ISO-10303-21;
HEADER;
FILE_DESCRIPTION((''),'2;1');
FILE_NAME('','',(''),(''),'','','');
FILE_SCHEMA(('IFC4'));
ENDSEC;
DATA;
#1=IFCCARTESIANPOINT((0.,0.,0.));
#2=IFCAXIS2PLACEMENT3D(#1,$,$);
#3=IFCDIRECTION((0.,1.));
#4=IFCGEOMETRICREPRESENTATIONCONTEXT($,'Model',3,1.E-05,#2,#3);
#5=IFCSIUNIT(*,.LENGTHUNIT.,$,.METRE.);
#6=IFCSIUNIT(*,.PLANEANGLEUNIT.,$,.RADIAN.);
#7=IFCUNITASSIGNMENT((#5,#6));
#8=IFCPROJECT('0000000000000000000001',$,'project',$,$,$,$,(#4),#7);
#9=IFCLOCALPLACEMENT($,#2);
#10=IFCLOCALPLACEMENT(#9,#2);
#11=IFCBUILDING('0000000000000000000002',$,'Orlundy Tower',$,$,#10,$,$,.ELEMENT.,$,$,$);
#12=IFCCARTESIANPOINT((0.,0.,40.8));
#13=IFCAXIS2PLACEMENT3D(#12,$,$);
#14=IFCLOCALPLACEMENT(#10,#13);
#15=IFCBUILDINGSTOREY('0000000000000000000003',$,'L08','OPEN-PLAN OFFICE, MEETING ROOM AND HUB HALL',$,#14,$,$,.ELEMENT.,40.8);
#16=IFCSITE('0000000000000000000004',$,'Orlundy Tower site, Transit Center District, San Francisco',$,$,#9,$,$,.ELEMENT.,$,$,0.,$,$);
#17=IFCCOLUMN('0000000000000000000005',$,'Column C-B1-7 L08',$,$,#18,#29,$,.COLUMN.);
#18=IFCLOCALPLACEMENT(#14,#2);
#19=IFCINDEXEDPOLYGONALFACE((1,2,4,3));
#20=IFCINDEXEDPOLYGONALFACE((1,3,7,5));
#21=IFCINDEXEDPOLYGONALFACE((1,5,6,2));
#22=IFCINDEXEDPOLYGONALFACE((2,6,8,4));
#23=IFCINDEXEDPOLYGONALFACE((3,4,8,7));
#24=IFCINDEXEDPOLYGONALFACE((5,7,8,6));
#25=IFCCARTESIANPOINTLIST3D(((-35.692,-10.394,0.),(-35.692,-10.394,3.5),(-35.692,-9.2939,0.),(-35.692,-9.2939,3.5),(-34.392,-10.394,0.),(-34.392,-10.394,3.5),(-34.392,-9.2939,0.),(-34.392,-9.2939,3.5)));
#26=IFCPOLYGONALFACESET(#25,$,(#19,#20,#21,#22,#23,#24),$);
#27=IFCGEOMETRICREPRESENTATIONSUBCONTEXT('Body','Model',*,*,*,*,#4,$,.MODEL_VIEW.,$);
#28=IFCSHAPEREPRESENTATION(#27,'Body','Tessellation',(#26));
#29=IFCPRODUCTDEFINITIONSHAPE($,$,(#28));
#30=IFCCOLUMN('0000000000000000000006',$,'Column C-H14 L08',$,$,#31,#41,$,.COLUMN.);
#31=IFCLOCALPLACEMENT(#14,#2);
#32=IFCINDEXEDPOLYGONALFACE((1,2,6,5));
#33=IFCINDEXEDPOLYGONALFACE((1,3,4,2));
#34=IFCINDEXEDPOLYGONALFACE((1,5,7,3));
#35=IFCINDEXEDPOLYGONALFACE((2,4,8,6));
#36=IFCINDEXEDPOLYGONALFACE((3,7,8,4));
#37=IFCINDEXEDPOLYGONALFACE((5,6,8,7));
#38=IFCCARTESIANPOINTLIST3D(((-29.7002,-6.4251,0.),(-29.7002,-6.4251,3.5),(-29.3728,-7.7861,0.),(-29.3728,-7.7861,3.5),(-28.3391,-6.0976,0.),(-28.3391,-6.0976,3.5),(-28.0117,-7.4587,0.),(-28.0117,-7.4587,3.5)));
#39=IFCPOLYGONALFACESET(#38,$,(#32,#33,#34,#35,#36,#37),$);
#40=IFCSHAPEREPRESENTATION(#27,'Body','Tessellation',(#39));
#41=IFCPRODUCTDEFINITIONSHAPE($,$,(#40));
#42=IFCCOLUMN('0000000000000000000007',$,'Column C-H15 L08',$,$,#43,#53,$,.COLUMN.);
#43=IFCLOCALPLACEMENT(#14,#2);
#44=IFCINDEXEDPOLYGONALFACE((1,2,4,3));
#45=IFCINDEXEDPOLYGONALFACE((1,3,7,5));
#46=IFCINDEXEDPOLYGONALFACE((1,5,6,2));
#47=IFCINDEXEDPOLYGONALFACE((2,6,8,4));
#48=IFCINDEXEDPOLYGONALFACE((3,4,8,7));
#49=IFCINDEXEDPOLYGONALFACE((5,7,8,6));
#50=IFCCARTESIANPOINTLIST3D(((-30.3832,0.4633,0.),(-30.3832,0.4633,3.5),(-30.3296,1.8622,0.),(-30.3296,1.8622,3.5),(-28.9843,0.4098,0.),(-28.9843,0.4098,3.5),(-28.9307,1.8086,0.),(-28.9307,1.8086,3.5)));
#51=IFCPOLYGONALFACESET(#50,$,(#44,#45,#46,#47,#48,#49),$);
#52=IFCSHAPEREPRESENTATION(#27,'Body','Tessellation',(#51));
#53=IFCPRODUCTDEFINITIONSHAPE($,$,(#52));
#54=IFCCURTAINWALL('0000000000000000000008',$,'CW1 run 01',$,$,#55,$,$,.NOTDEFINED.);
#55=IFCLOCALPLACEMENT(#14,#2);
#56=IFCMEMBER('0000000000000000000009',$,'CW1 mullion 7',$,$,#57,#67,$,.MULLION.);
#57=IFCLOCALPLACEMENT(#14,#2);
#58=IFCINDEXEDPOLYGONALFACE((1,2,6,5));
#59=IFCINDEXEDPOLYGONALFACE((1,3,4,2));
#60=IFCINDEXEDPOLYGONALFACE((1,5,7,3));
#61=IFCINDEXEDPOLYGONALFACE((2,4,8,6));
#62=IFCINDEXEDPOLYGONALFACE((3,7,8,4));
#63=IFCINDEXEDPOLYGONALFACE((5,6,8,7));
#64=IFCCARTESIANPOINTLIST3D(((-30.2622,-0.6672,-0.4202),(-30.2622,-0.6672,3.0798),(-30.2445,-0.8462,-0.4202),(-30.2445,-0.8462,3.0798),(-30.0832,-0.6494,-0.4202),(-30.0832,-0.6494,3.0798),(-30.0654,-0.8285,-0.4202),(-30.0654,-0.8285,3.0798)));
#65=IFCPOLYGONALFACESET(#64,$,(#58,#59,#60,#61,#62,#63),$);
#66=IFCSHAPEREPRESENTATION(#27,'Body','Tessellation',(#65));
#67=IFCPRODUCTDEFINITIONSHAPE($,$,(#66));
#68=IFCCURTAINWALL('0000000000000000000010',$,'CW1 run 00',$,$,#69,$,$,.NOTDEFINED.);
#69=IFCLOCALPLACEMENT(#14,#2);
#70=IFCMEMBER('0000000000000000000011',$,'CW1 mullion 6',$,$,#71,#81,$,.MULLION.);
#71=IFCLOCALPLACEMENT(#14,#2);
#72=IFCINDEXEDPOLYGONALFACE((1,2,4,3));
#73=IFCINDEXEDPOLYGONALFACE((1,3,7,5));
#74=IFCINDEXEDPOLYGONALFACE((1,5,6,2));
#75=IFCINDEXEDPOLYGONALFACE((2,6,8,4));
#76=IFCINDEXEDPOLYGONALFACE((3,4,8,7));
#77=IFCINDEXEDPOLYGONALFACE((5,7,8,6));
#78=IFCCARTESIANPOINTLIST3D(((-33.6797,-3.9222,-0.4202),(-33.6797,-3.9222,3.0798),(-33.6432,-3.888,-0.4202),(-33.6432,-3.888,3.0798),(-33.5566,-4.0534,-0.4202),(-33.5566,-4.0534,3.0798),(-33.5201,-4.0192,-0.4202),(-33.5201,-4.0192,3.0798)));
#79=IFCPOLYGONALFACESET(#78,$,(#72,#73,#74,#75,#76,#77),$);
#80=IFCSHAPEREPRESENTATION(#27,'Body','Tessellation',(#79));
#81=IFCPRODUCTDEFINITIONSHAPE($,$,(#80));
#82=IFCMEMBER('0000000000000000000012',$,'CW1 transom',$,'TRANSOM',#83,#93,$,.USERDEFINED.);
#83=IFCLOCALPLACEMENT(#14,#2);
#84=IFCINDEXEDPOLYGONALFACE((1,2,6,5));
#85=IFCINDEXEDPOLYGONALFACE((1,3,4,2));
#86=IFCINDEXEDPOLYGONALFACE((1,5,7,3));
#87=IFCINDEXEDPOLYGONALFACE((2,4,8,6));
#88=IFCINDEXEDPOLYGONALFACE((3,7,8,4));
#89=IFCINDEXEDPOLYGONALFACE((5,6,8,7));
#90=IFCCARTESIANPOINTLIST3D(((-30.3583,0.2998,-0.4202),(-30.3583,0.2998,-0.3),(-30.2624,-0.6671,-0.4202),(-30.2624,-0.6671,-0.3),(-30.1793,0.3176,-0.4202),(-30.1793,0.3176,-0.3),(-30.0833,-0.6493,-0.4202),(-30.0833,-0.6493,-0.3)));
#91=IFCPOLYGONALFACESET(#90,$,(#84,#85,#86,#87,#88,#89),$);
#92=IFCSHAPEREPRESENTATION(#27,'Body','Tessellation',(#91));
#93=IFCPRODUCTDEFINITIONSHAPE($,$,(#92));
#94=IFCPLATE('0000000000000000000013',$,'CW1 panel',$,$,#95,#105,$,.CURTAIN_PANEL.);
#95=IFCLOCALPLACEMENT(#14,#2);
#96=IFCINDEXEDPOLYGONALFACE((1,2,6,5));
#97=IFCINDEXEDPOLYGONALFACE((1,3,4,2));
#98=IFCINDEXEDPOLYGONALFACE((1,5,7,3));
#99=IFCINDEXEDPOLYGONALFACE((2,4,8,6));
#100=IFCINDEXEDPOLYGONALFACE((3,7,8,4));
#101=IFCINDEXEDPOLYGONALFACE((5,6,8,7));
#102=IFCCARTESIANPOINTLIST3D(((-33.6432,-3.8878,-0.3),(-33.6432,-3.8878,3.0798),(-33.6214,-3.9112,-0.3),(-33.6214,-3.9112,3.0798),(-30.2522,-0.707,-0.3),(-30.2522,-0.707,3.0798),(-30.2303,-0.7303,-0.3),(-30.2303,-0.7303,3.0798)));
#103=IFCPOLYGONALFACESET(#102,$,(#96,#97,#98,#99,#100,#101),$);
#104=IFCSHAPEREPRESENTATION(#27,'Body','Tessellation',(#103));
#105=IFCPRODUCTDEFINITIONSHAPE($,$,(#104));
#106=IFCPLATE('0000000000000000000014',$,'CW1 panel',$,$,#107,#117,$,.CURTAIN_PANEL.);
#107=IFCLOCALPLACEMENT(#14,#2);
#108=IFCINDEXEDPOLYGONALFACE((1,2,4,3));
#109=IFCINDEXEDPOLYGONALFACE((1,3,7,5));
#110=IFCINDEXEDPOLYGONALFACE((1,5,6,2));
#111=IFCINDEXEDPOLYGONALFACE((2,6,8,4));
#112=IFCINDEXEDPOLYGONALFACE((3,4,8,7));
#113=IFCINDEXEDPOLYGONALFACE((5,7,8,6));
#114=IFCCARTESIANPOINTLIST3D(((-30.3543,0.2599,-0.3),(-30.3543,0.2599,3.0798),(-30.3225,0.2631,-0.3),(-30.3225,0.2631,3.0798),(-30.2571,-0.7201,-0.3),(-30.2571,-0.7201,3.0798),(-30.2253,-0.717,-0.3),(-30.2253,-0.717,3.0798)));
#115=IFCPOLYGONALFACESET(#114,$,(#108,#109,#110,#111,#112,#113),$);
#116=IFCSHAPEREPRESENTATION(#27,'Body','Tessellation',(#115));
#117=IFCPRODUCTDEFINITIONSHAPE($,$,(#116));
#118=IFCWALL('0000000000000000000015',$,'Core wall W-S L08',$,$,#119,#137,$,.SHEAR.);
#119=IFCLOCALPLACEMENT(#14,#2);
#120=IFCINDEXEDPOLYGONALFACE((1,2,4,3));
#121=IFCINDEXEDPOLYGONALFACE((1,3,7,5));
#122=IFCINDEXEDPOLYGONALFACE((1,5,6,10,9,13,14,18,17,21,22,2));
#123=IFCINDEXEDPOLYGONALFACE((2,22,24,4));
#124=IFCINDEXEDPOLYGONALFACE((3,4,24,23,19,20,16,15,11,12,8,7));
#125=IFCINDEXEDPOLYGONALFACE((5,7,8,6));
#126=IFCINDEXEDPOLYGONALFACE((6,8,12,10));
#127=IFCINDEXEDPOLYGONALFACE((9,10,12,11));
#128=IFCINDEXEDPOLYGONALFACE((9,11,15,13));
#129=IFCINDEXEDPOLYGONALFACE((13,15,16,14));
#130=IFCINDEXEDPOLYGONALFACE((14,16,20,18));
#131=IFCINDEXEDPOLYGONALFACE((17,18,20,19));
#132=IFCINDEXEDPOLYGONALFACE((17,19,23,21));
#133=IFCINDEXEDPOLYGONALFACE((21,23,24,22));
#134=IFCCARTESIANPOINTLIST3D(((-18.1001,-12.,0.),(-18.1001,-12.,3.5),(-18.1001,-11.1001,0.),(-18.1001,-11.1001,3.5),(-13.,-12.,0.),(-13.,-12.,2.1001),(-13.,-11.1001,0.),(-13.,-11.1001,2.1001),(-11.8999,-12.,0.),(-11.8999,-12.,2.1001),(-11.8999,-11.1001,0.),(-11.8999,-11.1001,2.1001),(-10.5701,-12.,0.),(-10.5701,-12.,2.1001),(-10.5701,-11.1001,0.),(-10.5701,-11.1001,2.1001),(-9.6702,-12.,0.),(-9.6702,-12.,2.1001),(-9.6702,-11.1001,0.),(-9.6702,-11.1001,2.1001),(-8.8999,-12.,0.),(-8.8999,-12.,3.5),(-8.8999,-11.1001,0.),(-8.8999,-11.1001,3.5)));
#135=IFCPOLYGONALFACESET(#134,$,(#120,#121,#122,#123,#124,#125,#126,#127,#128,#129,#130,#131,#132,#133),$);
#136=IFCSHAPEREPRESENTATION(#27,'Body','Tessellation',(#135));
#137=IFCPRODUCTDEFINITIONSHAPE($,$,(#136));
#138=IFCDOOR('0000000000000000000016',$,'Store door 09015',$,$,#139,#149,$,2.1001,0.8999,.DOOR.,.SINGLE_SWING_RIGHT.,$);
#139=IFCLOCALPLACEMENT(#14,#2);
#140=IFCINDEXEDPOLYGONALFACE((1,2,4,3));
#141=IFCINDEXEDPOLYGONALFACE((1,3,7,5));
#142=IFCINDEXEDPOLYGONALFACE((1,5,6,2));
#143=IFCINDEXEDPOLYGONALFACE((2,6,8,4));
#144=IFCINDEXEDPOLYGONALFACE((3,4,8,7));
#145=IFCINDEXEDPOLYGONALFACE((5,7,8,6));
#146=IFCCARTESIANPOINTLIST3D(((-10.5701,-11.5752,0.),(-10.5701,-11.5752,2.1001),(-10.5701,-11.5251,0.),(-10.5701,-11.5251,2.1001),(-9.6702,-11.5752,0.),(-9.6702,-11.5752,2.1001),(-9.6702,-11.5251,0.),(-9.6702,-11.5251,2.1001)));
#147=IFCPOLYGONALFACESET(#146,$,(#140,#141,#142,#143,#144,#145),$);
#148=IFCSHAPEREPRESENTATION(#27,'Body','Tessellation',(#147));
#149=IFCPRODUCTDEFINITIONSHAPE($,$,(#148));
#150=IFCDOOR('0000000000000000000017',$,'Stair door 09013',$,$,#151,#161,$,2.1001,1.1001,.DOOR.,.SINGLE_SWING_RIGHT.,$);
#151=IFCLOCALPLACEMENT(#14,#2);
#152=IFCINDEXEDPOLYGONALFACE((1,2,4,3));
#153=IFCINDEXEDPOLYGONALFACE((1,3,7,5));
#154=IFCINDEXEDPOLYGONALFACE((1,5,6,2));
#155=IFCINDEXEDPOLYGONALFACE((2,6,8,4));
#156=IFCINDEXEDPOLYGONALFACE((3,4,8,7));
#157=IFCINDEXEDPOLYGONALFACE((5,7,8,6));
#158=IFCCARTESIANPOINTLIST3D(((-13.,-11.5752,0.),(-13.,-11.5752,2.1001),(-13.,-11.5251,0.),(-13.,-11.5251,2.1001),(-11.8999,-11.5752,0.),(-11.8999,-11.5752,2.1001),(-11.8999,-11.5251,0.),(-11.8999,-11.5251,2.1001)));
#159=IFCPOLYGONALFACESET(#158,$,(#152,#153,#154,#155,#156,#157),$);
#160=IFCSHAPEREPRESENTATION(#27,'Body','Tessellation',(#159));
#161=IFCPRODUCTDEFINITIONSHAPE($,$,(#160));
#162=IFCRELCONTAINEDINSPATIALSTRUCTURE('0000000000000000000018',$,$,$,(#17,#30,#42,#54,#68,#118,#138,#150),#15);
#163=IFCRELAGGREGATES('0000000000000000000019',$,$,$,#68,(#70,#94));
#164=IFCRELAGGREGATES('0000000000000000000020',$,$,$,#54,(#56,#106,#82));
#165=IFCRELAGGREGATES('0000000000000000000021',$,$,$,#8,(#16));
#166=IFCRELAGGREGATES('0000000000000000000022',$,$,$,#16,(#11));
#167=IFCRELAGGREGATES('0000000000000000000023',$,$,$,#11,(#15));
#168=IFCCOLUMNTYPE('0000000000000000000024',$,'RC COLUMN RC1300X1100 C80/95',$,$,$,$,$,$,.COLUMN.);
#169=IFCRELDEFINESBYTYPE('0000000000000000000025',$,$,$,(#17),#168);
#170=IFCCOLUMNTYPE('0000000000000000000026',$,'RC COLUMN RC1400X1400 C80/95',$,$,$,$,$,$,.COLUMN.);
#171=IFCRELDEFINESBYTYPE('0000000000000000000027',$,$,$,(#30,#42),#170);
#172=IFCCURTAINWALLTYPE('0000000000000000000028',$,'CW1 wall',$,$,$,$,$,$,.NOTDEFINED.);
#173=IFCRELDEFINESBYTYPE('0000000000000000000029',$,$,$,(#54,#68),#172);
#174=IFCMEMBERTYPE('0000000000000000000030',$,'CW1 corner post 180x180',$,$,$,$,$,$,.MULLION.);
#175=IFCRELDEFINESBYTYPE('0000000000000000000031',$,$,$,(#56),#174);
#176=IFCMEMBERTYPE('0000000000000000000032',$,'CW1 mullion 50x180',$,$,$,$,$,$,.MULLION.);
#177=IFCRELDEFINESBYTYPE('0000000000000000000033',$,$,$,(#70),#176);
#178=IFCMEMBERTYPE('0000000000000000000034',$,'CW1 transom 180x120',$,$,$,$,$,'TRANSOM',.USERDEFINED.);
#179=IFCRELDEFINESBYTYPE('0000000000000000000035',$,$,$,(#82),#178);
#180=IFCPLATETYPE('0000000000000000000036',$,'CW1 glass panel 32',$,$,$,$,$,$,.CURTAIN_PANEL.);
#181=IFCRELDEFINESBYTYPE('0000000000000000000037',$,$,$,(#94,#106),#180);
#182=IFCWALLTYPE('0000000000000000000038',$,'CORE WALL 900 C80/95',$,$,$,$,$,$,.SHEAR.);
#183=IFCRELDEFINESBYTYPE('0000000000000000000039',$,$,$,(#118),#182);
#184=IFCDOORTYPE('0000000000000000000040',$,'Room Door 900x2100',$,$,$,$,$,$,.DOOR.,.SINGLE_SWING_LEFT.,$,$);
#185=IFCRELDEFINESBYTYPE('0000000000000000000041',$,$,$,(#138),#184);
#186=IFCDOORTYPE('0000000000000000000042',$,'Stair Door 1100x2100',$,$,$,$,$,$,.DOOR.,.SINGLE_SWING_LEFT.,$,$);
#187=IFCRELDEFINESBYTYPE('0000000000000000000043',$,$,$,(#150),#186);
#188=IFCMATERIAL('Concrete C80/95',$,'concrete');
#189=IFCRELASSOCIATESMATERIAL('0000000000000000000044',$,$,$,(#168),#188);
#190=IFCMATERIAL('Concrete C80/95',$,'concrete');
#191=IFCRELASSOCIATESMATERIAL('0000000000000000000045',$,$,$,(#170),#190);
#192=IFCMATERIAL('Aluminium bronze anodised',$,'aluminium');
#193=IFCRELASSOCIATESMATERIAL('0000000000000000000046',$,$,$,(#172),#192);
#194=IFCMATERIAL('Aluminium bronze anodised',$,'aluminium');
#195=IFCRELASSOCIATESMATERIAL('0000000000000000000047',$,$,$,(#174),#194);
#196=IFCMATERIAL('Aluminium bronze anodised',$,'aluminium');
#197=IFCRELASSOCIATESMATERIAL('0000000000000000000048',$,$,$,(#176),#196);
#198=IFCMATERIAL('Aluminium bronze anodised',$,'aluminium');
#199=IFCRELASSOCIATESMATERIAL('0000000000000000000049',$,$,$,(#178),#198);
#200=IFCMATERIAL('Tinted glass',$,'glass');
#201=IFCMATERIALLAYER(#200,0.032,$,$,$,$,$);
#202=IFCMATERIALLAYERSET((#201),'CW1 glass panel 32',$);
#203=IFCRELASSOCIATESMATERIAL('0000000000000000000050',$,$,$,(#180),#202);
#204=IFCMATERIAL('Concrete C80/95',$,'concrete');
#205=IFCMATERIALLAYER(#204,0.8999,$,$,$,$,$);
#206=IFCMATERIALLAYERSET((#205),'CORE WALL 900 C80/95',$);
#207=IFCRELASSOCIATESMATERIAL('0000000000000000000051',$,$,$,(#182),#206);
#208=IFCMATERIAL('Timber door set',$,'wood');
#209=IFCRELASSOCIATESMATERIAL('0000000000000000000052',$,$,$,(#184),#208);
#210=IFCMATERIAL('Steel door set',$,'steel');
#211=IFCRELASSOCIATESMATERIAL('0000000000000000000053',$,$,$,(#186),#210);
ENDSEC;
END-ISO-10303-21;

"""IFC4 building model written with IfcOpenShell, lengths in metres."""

from ifc_helpers import new_model, si_unit, direction, frame, frame_2d, origin, origin_2d, place, context, subcontext, project, spatial, rectangle, extrude, material, layer, layer_set, material_profile, profile_set, type_object, element, fill, aggregate, save


model = new_model("IFC4")

# Units and contexts
model_context = context("Model", 3, precision=1e-05, world=origin(), true_north=direction((0.0, 1.0)))
body_context = subcontext(model_context, "Body", "Model", "MODEL_VIEW")
ifc_project = project(units=[si_unit("LENGTHUNIT", "METRE"), si_unit("PLANEANGLEUNIT", "RADIAN")], contexts=[model_context])

# Site, building, storey
site_placement = place(None, origin())
site = spatial("IfcSite", under=ifc_project, at=site_placement, Name="Orlundy Tower site, Transit Center District, San Francisco", CompositionType="ELEMENT", RefElevation=0.0)
building_placement = place(site_placement, origin())
building = spatial("IfcBuilding", under=site, at=building_placement, Name="Orlundy Tower", CompositionType="ELEMENT")
storey_placement = place(building_placement, frame((0.0, 0.0, 40.8)))
storey = spatial("IfcBuildingStorey", under=building, at=storey_placement, Name="L08", Description="OPEN-PLAN OFFICE, MEETING ROOM AND HUB HALL", CompositionType="ELEMENT", Elevation=40.8)

# Columns
ifc_material_1 = material(Name="Concrete C80/95", Category="concrete")
ifc_material_profile_1 = material_profile(ifc_material_1, rectangle(XDim=1.3, YDim=1.1001, at=origin_2d()), Name="RC1300X1100")
ifc_profile_set_1 = profile_set([ifc_material_profile_1], Name="Concrete C80/95")
column_type_1 = type_object("IfcColumnType", Name="RC COLUMN RC1300X1100 C80/95", PredefinedType="COLUMN", material=ifc_profile_set_1)
column_placement = place(storey_placement, frame((-35.042, -9.844, 0.0), z_axis=(0.0, 0.0, 1.0), x_axis=(1.0, 0.0, 0.0)))
element("IfcColumn", 1, at=column_placement, inside=storey, type_object=column_type_1, Name="Column C-B1-7 L08", PredefinedType="COLUMN", context=body_context, shape_type="SweptSolid", body=[
    extrude(rectangle(XDim=1.3, YDim=1.1001, at=origin_2d()), origin(), (0.0, 0.0, 1.0), 3.5),
])
ifc_material_2 = material(Name="Concrete C80/95", Category="concrete")
ifc_material_profile_2 = material_profile(ifc_material_2, rectangle(XDim=1.3999, YDim=1.3999, at=origin_2d()), Name="RC1400X1400")
ifc_profile_set_2 = profile_set([ifc_material_profile_2], Name="Concrete C80/95")
column_type_2 = type_object("IfcColumnType", Name="RC COLUMN RC1400X1400 C80/95", PredefinedType="COLUMN", material=ifc_profile_set_2)
for number, where, z_axis, x_axis, name in (
    (2, (-28.856, -6.9419, 0.0), (0.0, 0.0, 1.0), (-0.97226, -0.233904, 0.0), "Column C-H14 L08"),
    (3, (-29.657, 1.136, 0.0), (0.0, 0.0, 1.0), (-0.999267, 0.038283, 0.0), "Column C-H15 L08"),
):
    element("IfcColumn", number, at=place(storey_placement, frame(where, z_axis=z_axis, x_axis=x_axis)), inside=storey, type_object=column_type_2, Name=name, PredefinedType="COLUMN", context=body_context, shape_type="SweptSolid", body=[
        extrude(rectangle(XDim=1.3999, YDim=1.3999, at=origin_2d()), origin(), (0.0, 0.0, 1.0), 3.5),
    ])

# Curtain walls, members
ifc_material_3 = material(Name="Aluminium bronze anodised", Category="aluminium")
curtain_wall_type = type_object("IfcCurtainWallType", Name="CW1 wall", PredefinedType="NOTDEFINED", material=ifc_material_3)
curtain_wall_1_placement = place(storey_placement, origin())
curtain_wall_1 = element("IfcCurtainWall", 4, at=curtain_wall_1_placement, inside=storey, type_object=curtain_wall_type, Name="CW1 run 01", PredefinedType="NOTDEFINED")
ifc_material_4 = material(Name="Aluminium bronze anodised", Category="aluminium")
ifc_material_profile_3 = material_profile(ifc_material_4, rectangle(XDim=0.1799, YDim=0.1799, at=origin_2d()), Name="CW1 corner post 180x180")
ifc_profile_set_3 = profile_set([ifc_material_profile_3], Name="Aluminium bronze anodised")
member_type_1 = type_object("IfcMemberType", Name="CW1 corner post 180x180", PredefinedType="MULLION", material=ifc_profile_set_3)
member_1_placement = place(storey_placement, frame((-30.1638, -0.7478, -0.4202), z_axis=(0.0, 0.0, 1.0), x_axis=(-0.99512, -0.098672, 0.0)))
member_1 = element("IfcMember", 5, at=member_1_placement, type_object=member_type_1, Name="CW1 mullion 7", PredefinedType="MULLION", context=body_context, shape_type="SweptSolid", body=[
    extrude(rectangle(XDim=0.1799, YDim=0.1799, at=origin_2d()), origin(), (0.0, 0.0, 1.0), 3.5),
])
curtain_wall_2_placement = place(storey_placement, origin())
curtain_wall_2 = element("IfcCurtainWall", 6, at=curtain_wall_2_placement, inside=storey, type_object=curtain_wall_type, Name="CW1 run 00", PredefinedType="NOTDEFINED")
ifc_material_5 = material(Name="Aluminium bronze anodised", Category="aluminium")
ifc_material_profile_4 = material_profile(ifc_material_5, rectangle(XDim=0.1799, YDim=0.05, at=origin_2d()), Name="CW1 mullion 50x180")
ifc_profile_set_4 = profile_set([ifc_material_profile_4], Name="Aluminium bronze anodised")
member_type_2 = type_object("IfcMemberType", Name="CW1 mullion 50x180", PredefinedType="MULLION", material=ifc_profile_set_4)
member_2_placement = place(storey_placement, frame((-33.5999, -3.9707, -0.4202), z_axis=(0.0, 0.0, 1.0), x_axis=(-0.684139, 0.729351, 0.0)))
member_2 = element("IfcMember", 7, at=member_2_placement, type_object=member_type_2, Name="CW1 mullion 6", PredefinedType="MULLION", context=body_context, shape_type="SweptSolid", body=[
    extrude(rectangle(XDim=0.1799, YDim=0.05, at=origin_2d()), origin(), (0.0, 0.0, 1.0), 3.5),
])

# Member
ifc_material_6 = material(Name="Aluminium bronze anodised", Category="aluminium")
ifc_material_profile_5 = material_profile(ifc_material_6, rectangle(XDim=0.1799, YDim=0.1201, at=origin_2d()), Name="CW1 transom 180x120")
ifc_profile_set_5 = profile_set([ifc_material_profile_5], Name="Aluminium bronze anodised")
member_type_3 = type_object("IfcMemberType", Name="CW1 transom 180x120", ElementType="TRANSOM", PredefinedType="USERDEFINED", material=ifc_profile_set_5)
member_3_placement = place(storey_placement, frame((-30.1729, -0.6582, -0.3601), z_axis=(-0.098733, 0.995114, 0.0), x_axis=(-0.995114, -0.098733, 0.0)))
member_3 = element("IfcMember", 8, at=member_3_placement, type_object=member_type_3, Name="CW1 transom", ObjectType="TRANSOM", PredefinedType="USERDEFINED", context=body_context, shape_type="SweptSolid", body=[
    extrude(rectangle(XDim=0.1799, YDim=0.1201, at=origin_2d()), origin(), (0.0, 0.0, 1.0), 0.9717),
])

# Plates
ifc_material_7 = material(Name="Tinted glass", Category="glass")
ifc_layer_1 = layer(ifc_material_7, 0.032)
ifc_layer_set_1 = layer_set([ifc_layer_1], Name="CW1 glass panel 32")
plate_type = type_object("IfcPlateType", Name="CW1 glass panel 32", PredefinedType="CURTAIN_PANEL", material=ifc_layer_set_1)
plate_1_placement = place(storey_placement, frame((-31.9368, -2.3091, -0.3), z_axis=(0.0, 0.0, 1.0), x_axis=(0.729351, 0.684139, 0.0)))
plate_1 = element("IfcPlate", 9, at=plate_1_placement, type_object=plate_type, Name="CW1 panel", PredefinedType="CURTAIN_PANEL", context=body_context, shape_type="SweptSolid", body=[
    extrude(rectangle(XDim=4.6494, YDim=0.032, at=origin_2d()), origin(), (0.0, 0.0, 1.0), 3.3799),
])
aggregate(curtain_wall_2, [member_2, plate_1])
plate_2_placement = place(storey_placement, frame((-30.2898, -0.2285, -0.3), z_axis=(0.0, 0.0, 1.0), x_axis=(-0.098672, 0.99512, 0.0)))
plate_2 = element("IfcPlate", 10, at=plate_2_placement, type_object=plate_type, Name="CW1 panel", PredefinedType="CURTAIN_PANEL", context=body_context, shape_type="SweptSolid", body=[
    extrude(rectangle(XDim=0.9849, YDim=0.032, at=origin_2d()), origin(), (0.0, 0.0, 1.0), 3.3799),
])
aggregate(curtain_wall_1, [member_1, plate_2, member_3])

# Wall, openings, doors
ifc_material_8 = material(Name="Concrete C80/95", Category="concrete")
ifc_layer_2 = layer(ifc_material_8, 0.8999)
ifc_layer_set_2 = layer_set([ifc_layer_2], Name="CORE WALL 900 C80/95")
wall_type_1 = type_object("IfcWallType", Name="CORE WALL 900 C80/95", PredefinedType="SHEAR", material=ifc_layer_set_2)
wall_1_placement = place(storey_placement, frame((-18.1001, -11.55, 0.0), z_axis=(0.0, 0.0, 1.0), x_axis=(1.0, 0.0, 0.0)))
wall_1 = element("IfcWall", 11, at=wall_1_placement, inside=storey, type_object=wall_type_1, Name="Core wall W-S L08", PredefinedType="SHEAR", context=body_context, shape_type="SweptSolid", body=[
    extrude(rectangle(XDim=9.2002, YDim=0.8999, at=frame_2d((4.6001, 0.0))), origin(), (0.0, 0.0, 1.0), 3.5),
])
opening_1_placement = place(wall_1_placement, frame((5.1001, 0.0, 0.0)))
opening_1 = element("IfcOpeningElement", 12, at=opening_1_placement, cuts=wall_1, PredefinedType="OPENING", context=body_context, shape_type="SweptSolid", body=[
    extrude(rectangle(XDim=1.1001, YDim=2.1001, at=frame_2d((0.55, 1.05))), frame((0.0, 0.46, 0.0), z_axis=(0.0, -1.0, 0.0), x_axis=(1.0, 0.0, 0.0)), (0.0, 0.0, 1.0), 0.9199),
])
opening_2_placement = place(wall_1_placement, frame((7.53, 0.0, 0.0)))
opening_2 = element("IfcOpeningElement", 13, at=opening_2_placement, cuts=wall_1, PredefinedType="OPENING", context=body_context, shape_type="SweptSolid", body=[
    extrude(rectangle(XDim=0.8999, YDim=2.1001, at=frame_2d((0.45, 1.05))), frame((0.0, 0.46, 0.0), z_axis=(0.0, -1.0, 0.0), x_axis=(1.0, 0.0, 0.0)), (0.0, 0.0, 1.0), 0.9199),
])
ifc_material_9 = material(Name="Timber door set", Category="wood")
door_type_1 = type_object("IfcDoorType", Name="Room Door 900x2100", OperationType="SINGLE_SWING_LEFT", PredefinedType="DOOR", material=ifc_material_9)
door_1_placement = place(opening_2_placement, origin())
door_1 = element("IfcDoor", 14, at=door_1_placement, inside=storey, type_object=door_type_1, Name="Store door 09015", OperationType="SINGLE_SWING_RIGHT", OverallHeight=2.1001, OverallWidth=0.8999, PredefinedType="DOOR", context=body_context, shape_type="SweptSolid", body=[
    extrude(rectangle(XDim=0.8999, YDim=2.1001, at=frame_2d((0.45, 1.05))), frame((0.0, 0.0249, 0.0), z_axis=(0.0, -1.0, 0.0), x_axis=(1.0, 0.0, 0.0)), (0.0, 0.0, 1.0), 0.05),
])
fill(opening_2, door_1)
ifc_material_10 = material(Name="Steel door set", Category="steel")
door_type_2 = type_object("IfcDoorType", Name="Stair Door 1100x2100", OperationType="SINGLE_SWING_LEFT", PredefinedType="DOOR", material=ifc_material_10)
door_2_placement = place(opening_1_placement, origin())
door_2 = element("IfcDoor", 15, at=door_2_placement, inside=storey, type_object=door_type_2, Name="Stair door 09013", OperationType="SINGLE_SWING_RIGHT", OverallHeight=2.1001, OverallWidth=1.1001, PredefinedType="DOOR", context=body_context, shape_type="SweptSolid", body=[
    extrude(rectangle(XDim=1.1001, YDim=2.1001, at=frame_2d((0.55, 1.05))), frame((0.0, 0.0249, 0.0), z_axis=(0.0, -1.0, 0.0), x_axis=(1.0, 0.0, 0.0)), (0.0, 0.0, 1.0), 0.05),
])
fill(opening_1, door_2)

save(model, "model.ifc")
